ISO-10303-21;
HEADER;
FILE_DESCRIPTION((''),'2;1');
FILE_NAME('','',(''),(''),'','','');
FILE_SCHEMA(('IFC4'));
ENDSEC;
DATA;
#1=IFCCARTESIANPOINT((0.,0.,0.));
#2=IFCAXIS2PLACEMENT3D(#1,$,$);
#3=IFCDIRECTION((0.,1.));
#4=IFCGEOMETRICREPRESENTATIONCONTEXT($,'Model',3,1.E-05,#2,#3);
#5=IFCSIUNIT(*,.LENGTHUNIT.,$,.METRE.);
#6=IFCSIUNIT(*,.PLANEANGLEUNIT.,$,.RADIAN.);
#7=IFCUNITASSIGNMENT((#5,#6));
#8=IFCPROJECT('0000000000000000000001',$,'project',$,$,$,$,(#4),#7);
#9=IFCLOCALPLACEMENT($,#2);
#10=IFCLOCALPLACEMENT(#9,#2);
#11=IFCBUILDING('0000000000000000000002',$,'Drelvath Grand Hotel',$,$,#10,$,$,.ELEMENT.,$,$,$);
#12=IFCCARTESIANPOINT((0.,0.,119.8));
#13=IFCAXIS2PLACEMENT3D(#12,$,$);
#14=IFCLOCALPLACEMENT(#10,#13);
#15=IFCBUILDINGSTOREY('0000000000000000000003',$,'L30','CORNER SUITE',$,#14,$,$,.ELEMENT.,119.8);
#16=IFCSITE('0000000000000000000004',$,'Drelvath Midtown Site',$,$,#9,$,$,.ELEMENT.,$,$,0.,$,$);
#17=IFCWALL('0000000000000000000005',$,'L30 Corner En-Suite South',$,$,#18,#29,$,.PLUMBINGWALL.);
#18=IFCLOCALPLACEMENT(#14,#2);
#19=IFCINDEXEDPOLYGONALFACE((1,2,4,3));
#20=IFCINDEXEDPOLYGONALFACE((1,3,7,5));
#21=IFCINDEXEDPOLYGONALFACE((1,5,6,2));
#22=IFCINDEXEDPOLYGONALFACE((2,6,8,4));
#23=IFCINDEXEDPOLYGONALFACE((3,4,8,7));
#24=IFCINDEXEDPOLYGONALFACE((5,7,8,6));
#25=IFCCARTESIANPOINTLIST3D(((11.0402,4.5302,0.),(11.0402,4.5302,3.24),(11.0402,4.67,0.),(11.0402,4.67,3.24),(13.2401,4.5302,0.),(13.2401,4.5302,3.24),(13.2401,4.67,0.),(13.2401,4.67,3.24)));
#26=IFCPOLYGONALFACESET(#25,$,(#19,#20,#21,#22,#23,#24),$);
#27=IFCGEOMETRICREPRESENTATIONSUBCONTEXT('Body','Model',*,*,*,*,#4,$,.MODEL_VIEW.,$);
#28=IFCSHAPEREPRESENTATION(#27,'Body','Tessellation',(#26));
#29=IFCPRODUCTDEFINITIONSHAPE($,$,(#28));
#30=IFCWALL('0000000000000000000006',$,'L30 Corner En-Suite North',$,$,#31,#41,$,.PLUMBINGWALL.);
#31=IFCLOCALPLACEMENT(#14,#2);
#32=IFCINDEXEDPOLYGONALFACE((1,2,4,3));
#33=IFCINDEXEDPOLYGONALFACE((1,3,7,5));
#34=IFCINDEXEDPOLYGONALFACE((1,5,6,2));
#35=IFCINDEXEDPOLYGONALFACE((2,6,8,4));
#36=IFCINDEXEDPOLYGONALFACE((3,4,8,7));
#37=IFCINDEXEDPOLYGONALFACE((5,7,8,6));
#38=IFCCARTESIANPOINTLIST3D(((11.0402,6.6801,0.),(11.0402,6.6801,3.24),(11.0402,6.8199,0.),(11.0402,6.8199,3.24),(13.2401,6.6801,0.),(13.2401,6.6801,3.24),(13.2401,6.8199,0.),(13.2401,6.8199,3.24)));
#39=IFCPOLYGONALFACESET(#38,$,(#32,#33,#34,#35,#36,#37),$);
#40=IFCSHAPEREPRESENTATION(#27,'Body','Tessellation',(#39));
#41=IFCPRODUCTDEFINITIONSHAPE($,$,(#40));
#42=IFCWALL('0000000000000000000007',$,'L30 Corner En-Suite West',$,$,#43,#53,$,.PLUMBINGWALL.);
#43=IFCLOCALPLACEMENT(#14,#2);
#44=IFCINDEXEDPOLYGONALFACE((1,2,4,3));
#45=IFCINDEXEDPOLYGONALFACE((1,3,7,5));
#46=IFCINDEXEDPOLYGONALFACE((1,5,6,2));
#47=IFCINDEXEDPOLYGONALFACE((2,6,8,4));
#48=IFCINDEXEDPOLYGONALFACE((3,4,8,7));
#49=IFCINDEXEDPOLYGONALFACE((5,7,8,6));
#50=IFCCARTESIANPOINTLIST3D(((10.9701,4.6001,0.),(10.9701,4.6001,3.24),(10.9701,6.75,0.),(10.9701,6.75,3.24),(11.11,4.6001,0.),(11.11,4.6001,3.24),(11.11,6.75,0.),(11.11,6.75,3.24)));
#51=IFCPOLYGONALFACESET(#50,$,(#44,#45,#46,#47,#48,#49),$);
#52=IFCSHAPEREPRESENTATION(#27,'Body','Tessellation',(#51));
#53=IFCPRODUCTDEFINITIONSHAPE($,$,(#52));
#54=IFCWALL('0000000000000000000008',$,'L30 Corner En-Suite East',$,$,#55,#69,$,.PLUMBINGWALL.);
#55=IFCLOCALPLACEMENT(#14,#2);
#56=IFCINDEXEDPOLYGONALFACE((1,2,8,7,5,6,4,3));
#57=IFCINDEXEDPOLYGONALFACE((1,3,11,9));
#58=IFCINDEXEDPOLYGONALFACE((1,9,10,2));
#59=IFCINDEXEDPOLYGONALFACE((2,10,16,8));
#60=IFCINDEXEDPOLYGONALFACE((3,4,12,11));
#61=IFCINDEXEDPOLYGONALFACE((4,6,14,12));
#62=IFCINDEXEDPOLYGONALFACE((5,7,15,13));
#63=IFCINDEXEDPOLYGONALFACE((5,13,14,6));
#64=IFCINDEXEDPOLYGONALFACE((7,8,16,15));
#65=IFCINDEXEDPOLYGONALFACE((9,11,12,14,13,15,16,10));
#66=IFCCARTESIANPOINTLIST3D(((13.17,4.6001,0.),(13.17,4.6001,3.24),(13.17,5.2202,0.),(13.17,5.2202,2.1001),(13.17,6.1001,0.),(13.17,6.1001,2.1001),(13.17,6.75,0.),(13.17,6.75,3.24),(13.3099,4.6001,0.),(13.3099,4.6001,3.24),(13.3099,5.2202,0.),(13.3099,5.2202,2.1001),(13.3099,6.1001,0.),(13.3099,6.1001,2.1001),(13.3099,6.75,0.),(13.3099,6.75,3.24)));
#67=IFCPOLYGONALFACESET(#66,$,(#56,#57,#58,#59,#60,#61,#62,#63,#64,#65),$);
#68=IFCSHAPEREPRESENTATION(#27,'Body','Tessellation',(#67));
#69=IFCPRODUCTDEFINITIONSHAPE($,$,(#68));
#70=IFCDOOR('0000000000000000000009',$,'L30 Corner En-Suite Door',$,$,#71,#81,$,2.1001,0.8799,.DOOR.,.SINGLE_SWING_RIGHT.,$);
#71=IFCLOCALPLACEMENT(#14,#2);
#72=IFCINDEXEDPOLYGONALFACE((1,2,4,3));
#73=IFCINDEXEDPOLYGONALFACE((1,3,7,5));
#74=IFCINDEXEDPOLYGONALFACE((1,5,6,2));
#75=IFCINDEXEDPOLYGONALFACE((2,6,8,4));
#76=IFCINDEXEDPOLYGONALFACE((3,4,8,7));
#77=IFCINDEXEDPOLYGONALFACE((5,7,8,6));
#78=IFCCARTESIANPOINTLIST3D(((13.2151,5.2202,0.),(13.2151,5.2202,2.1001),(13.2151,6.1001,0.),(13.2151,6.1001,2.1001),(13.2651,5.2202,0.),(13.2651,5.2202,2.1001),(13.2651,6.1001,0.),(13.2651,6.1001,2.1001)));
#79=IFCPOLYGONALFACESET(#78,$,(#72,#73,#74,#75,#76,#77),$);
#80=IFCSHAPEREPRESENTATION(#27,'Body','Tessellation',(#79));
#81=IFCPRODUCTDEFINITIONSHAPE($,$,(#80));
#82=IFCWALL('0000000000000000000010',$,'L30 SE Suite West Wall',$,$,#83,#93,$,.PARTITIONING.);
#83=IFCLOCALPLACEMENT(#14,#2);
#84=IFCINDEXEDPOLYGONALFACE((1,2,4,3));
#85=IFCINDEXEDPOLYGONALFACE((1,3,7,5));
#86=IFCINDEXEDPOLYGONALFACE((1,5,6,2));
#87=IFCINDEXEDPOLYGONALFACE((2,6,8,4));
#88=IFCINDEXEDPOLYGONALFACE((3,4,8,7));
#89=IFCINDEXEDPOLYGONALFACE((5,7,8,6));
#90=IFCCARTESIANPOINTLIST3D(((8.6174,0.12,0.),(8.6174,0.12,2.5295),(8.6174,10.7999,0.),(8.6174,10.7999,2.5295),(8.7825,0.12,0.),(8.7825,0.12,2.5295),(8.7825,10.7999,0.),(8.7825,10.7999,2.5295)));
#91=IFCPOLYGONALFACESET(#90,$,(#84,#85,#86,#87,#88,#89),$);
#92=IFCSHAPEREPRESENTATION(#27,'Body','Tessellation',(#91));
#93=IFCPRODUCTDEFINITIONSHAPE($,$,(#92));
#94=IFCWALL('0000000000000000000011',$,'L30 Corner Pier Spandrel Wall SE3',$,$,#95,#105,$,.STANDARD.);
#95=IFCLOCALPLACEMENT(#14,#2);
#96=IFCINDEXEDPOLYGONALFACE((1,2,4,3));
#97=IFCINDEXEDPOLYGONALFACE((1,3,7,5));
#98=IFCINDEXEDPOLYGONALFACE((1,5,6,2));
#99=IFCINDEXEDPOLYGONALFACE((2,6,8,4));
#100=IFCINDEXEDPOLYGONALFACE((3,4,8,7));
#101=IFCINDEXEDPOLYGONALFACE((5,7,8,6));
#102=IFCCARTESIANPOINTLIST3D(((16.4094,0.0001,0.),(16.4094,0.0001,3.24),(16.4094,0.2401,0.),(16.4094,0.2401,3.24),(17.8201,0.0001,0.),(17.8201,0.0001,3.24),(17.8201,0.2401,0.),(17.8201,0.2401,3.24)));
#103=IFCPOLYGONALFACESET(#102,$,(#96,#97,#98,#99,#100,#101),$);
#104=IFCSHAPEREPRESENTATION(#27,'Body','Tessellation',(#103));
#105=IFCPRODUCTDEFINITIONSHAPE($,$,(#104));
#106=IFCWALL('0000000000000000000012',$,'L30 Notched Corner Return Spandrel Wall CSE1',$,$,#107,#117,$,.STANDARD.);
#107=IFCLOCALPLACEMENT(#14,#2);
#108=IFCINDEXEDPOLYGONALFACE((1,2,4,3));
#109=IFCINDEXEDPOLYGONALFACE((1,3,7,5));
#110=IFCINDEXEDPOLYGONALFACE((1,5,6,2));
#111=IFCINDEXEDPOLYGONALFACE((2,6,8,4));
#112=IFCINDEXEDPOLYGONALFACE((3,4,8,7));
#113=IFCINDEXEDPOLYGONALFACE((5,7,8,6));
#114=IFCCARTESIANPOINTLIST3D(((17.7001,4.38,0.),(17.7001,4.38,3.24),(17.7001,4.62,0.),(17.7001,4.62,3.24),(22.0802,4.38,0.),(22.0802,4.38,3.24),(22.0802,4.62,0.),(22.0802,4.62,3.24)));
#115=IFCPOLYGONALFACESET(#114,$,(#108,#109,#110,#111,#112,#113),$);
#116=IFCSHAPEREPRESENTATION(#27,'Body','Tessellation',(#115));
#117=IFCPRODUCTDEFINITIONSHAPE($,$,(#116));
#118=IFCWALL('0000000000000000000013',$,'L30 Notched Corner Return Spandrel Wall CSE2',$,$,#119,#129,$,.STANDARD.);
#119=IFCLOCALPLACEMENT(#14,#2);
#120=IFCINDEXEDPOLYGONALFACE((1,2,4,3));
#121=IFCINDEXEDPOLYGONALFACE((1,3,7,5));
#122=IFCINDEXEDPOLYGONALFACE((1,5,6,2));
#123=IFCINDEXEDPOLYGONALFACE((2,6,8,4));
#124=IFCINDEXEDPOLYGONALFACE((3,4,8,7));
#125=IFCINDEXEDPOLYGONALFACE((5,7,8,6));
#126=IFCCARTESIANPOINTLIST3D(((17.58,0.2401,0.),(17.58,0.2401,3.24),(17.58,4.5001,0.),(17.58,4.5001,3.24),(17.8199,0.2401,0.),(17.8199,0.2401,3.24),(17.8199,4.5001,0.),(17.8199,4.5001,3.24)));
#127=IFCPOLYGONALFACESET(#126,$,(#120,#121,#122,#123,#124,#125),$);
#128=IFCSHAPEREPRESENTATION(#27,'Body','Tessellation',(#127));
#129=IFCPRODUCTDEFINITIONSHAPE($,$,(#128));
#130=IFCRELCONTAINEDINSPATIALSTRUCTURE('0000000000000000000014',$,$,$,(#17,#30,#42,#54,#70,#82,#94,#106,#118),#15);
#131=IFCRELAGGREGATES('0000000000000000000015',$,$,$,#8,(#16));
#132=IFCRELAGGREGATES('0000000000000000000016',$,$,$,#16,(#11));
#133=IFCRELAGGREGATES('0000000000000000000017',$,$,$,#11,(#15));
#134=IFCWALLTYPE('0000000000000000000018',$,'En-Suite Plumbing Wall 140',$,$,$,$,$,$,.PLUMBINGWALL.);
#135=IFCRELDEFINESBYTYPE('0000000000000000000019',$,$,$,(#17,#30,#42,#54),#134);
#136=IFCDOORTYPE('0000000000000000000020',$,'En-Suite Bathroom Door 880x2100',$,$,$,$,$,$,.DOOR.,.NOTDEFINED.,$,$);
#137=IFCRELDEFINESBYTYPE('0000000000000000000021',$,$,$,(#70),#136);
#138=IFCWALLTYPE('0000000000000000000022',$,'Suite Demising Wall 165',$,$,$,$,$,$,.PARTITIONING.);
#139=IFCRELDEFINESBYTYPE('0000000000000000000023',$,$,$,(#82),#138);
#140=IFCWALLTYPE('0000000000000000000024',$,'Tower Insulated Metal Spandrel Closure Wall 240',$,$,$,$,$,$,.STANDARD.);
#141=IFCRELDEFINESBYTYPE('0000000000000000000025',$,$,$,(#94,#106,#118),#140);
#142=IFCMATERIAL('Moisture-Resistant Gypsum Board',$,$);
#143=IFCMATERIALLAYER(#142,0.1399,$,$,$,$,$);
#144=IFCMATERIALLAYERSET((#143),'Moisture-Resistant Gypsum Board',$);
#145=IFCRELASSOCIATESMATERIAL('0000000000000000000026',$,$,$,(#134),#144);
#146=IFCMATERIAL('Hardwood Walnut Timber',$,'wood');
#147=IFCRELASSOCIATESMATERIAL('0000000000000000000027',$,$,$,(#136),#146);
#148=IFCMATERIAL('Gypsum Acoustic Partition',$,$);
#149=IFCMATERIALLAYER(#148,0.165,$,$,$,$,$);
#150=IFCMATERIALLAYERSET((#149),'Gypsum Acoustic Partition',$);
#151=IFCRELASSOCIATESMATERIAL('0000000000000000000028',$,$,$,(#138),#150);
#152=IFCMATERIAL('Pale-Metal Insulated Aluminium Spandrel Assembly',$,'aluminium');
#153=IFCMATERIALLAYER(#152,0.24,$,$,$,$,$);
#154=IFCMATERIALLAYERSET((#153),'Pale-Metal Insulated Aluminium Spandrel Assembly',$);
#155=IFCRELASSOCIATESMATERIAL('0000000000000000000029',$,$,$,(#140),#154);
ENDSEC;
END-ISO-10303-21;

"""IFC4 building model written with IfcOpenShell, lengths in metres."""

from ifc_helpers import new_model, si_unit, direction, frame, frame_2d, origin, place, context, subcontext, project, spatial, rectangle, extrude, material, layer, layer_set, type_object, element, fill, save


model = new_model("IFC4")

# Units and contexts
model_context = context("Model", 3, precision=1e-05, world=origin(), true_north=direction((0.0, 1.0)))
body_context = subcontext(model_context, "Body", "Model", "MODEL_VIEW")
ifc_project = project(units=[si_unit("LENGTHUNIT", "METRE"), si_unit("PLANEANGLEUNIT", "RADIAN")], contexts=[model_context])

# Site, building, storey
site_placement = place(None, origin())
site = spatial("IfcSite", under=ifc_project, at=site_placement, Name="Drelvath Midtown Site", CompositionType="ELEMENT", RefElevation=0.0)
building_placement = place(site_placement, origin())
building = spatial("IfcBuilding", under=site, at=building_placement, Name="Drelvath Grand Hotel", CompositionType="ELEMENT")
storey_placement = place(building_placement, frame((0.0, 0.0, 119.8)))
storey = spatial("IfcBuildingStorey", under=building, at=storey_placement, Name="L30", Description="CORNER SUITE", CompositionType="ELEMENT", Elevation=119.8)

# Walls
ifc_material_1 = material(Name="Moisture-Resistant Gypsum Board")
ifc_layer_1 = layer(ifc_material_1, 0.1399)
ifc_layer_set_1 = layer_set([ifc_layer_1], Name="Moisture-Resistant Gypsum Board")
wall_type_1 = type_object("IfcWallType", Name="En-Suite Plumbing Wall 140", PredefinedType="PLUMBINGWALL", material=ifc_layer_set_1)
for number, where, z_axis, x_axis, name in (
    (1, (11.04, 4.6001, 0.0), (0.0, 0.0, 1.0), (1.0, 0.0, 0.0), "L30 Corner En-Suite South"),
    (2, (11.04, 6.75, 0.0), (0.0, 0.0, 1.0), (1.0, 0.0, 0.0), "L30 Corner En-Suite North"),
):
    element("IfcWall", number, at=place(storey_placement, frame(where, z_axis=z_axis, x_axis=x_axis)), inside=storey, type_object=wall_type_1, Name=name, PredefinedType="PLUMBINGWALL", context=body_context, shape_type="SweptSolid", body=[
        extrude(rectangle(XDim=2.2, YDim=0.1399, at=frame_2d((1.1001, 0.0))), origin(), (0.0, 0.0, 1.0), 3.24),
    ])
wall_1_placement = place(storey_placement, frame((11.04, 4.6001, 0.0), z_axis=(0.0, 0.0, 1.0), x_axis=(0.0, 1.0, 0.0)))
element("IfcWall", 3, at=wall_1_placement, inside=storey, type_object=wall_type_1, Name="L30 Corner En-Suite West", PredefinedType="PLUMBINGWALL", context=body_context, shape_type="SweptSolid", body=[
    extrude(rectangle(XDim=2.1499, YDim=0.1399, at=frame_2d((1.075, 0.0))), origin(), (0.0, 0.0, 1.0), 3.24),
])

# Wall, opening, door
wall_2_placement = place(storey_placement, frame((13.24, 4.6001, 0.0), z_axis=(0.0, 0.0, 1.0), x_axis=(0.0, 1.0, 0.0)))
wall_2 = element("IfcWall", 4, at=wall_2_placement, inside=storey, type_object=wall_type_1, Name="L30 Corner En-Suite East", PredefinedType="PLUMBINGWALL", context=body_context, shape_type="SweptSolid", body=[
    extrude(rectangle(XDim=2.1499, YDim=0.1399, at=frame_2d((1.075, 0.0))), origin(), (0.0, 0.0, 1.0), 3.24),
])
opening_placement = place(wall_2_placement, frame((0.6201, 0.0, 0.0)))
opening = element("IfcOpeningElement", 5, at=opening_placement, cuts=wall_2, PredefinedType="OPENING", context=body_context, shape_type="SweptSolid", body=[
    extrude(rectangle(XDim=0.8799, YDim=2.1001, at=frame_2d((0.4399, 1.05))), frame((0.0, 0.0798, 0.0), z_axis=(0.0, -1.0, 0.0), x_axis=(1.0, 0.0, 0.0)), (0.0, 0.0, 1.0), 0.1599),
])
ifc_material_2 = material(Name="Hardwood Walnut Timber", Category="wood")
door_type = type_object("IfcDoorType", Name="En-Suite Bathroom Door 880x2100", OperationType="NOTDEFINED", PredefinedType="DOOR", material=ifc_material_2)
door_placement = place(opening_placement, origin())
door = element("IfcDoor", 6, at=door_placement, inside=storey, type_object=door_type, Name="L30 Corner En-Suite Door", OperationType="SINGLE_SWING_RIGHT", OverallHeight=2.1001, OverallWidth=0.8799, PredefinedType="DOOR", context=body_context, shape_type="SweptSolid", body=[
    extrude(rectangle(XDim=0.8799, YDim=2.1001, at=frame_2d((0.4399, 1.05))), frame((0.0, 0.0249, 0.0), z_axis=(0.0, -1.0, 0.0), x_axis=(1.0, 0.0, 0.0)), (0.0, 0.0, 1.0), 0.05),
])
fill(opening, door)

# Walls
ifc_material_3 = material(Name="Gypsum Acoustic Partition")
ifc_layer_2 = layer(ifc_material_3, 0.165)
ifc_layer_set_2 = layer_set([ifc_layer_2], Name="Gypsum Acoustic Partition")
wall_type_2 = type_object("IfcWallType", Name="Suite Demising Wall 165", PredefinedType="PARTITIONING", material=ifc_layer_set_2)
wall_3_placement = place(storey_placement, frame((8.7, 0.1201, 0.0), z_axis=(0.0, 0.0, 1.0), x_axis=(0.0, 1.0, 0.0)))
element("IfcWall", 7, at=wall_3_placement, inside=storey, type_object=wall_type_2, Name="L30 SE Suite West Wall", PredefinedType="PARTITIONING", context=body_context, shape_type="SweptSolid", body=[
    extrude(rectangle(XDim=10.6799, YDim=0.165, at=frame_2d((5.3398, 0.0))), origin(), (0.0, 0.0, 1.0), 2.5295),
])
ifc_material_4 = material(Name="Pale-Metal Insulated Aluminium Spandrel Assembly", Category="aluminium")
ifc_layer_3 = layer(ifc_material_4, 0.24)
ifc_layer_set_3 = layer_set([ifc_layer_3], Name="Pale-Metal Insulated Aluminium Spandrel Assembly")
wall_type_3 = type_object("IfcWallType", Name="Tower Insulated Metal Spandrel Closure Wall 240", PredefinedType="STANDARD", material=ifc_layer_set_3)
wall_4_placement = place(storey_placement, frame((17.8201, 0.1201, 0.0), z_axis=(0.0, 0.0, 1.0), x_axis=(-1.0, 0.0, 0.0)))
element("IfcWall", 8, at=wall_4_placement, inside=storey, type_object=wall_type_3, Name="L30 Corner Pier Spandrel Wall SE3", PredefinedType="STANDARD", context=body_context, shape_type="SweptSolid", body=[
    extrude(rectangle(XDim=1.4106, YDim=0.24, at=frame_2d((0.7053, 0.0))), origin(), (0.0, 0.0, 1.0), 3.24),
])
wall_5_placement = place(storey_placement, frame((22.0801, 4.5, 0.0), z_axis=(0.0, 0.0, 1.0), x_axis=(-1.0, 0.0, 0.0)))
element("IfcWall", 9, at=wall_5_placement, inside=storey, type_object=wall_type_3, Name="L30 Notched Corner Return Spandrel Wall CSE1", PredefinedType="STANDARD", context=body_context, shape_type="SweptSolid", body=[
    extrude(rectangle(XDim=4.3801, YDim=0.24, at=frame_2d((2.1899, 0.0))), origin(), (0.0, 0.0, 1.0), 3.24),
])
wall_6_placement = place(storey_placement, frame((17.7, 4.5, 0.0), z_axis=(0.0, 0.0, 1.0), x_axis=(0.0, -1.0, 0.0)))
element("IfcWall", 10, at=wall_6_placement, inside=storey, type_object=wall_type_3, Name="L30 Notched Corner Return Spandrel Wall CSE2", PredefinedType="STANDARD", context=body_context, shape_type="SweptSolid", body=[
    extrude(rectangle(XDim=4.26, YDim=0.24, at=frame_2d((2.1299, 0.0))), origin(), (0.0, 0.0, 1.0), 3.24),
])

save(model, "model.ifc")
